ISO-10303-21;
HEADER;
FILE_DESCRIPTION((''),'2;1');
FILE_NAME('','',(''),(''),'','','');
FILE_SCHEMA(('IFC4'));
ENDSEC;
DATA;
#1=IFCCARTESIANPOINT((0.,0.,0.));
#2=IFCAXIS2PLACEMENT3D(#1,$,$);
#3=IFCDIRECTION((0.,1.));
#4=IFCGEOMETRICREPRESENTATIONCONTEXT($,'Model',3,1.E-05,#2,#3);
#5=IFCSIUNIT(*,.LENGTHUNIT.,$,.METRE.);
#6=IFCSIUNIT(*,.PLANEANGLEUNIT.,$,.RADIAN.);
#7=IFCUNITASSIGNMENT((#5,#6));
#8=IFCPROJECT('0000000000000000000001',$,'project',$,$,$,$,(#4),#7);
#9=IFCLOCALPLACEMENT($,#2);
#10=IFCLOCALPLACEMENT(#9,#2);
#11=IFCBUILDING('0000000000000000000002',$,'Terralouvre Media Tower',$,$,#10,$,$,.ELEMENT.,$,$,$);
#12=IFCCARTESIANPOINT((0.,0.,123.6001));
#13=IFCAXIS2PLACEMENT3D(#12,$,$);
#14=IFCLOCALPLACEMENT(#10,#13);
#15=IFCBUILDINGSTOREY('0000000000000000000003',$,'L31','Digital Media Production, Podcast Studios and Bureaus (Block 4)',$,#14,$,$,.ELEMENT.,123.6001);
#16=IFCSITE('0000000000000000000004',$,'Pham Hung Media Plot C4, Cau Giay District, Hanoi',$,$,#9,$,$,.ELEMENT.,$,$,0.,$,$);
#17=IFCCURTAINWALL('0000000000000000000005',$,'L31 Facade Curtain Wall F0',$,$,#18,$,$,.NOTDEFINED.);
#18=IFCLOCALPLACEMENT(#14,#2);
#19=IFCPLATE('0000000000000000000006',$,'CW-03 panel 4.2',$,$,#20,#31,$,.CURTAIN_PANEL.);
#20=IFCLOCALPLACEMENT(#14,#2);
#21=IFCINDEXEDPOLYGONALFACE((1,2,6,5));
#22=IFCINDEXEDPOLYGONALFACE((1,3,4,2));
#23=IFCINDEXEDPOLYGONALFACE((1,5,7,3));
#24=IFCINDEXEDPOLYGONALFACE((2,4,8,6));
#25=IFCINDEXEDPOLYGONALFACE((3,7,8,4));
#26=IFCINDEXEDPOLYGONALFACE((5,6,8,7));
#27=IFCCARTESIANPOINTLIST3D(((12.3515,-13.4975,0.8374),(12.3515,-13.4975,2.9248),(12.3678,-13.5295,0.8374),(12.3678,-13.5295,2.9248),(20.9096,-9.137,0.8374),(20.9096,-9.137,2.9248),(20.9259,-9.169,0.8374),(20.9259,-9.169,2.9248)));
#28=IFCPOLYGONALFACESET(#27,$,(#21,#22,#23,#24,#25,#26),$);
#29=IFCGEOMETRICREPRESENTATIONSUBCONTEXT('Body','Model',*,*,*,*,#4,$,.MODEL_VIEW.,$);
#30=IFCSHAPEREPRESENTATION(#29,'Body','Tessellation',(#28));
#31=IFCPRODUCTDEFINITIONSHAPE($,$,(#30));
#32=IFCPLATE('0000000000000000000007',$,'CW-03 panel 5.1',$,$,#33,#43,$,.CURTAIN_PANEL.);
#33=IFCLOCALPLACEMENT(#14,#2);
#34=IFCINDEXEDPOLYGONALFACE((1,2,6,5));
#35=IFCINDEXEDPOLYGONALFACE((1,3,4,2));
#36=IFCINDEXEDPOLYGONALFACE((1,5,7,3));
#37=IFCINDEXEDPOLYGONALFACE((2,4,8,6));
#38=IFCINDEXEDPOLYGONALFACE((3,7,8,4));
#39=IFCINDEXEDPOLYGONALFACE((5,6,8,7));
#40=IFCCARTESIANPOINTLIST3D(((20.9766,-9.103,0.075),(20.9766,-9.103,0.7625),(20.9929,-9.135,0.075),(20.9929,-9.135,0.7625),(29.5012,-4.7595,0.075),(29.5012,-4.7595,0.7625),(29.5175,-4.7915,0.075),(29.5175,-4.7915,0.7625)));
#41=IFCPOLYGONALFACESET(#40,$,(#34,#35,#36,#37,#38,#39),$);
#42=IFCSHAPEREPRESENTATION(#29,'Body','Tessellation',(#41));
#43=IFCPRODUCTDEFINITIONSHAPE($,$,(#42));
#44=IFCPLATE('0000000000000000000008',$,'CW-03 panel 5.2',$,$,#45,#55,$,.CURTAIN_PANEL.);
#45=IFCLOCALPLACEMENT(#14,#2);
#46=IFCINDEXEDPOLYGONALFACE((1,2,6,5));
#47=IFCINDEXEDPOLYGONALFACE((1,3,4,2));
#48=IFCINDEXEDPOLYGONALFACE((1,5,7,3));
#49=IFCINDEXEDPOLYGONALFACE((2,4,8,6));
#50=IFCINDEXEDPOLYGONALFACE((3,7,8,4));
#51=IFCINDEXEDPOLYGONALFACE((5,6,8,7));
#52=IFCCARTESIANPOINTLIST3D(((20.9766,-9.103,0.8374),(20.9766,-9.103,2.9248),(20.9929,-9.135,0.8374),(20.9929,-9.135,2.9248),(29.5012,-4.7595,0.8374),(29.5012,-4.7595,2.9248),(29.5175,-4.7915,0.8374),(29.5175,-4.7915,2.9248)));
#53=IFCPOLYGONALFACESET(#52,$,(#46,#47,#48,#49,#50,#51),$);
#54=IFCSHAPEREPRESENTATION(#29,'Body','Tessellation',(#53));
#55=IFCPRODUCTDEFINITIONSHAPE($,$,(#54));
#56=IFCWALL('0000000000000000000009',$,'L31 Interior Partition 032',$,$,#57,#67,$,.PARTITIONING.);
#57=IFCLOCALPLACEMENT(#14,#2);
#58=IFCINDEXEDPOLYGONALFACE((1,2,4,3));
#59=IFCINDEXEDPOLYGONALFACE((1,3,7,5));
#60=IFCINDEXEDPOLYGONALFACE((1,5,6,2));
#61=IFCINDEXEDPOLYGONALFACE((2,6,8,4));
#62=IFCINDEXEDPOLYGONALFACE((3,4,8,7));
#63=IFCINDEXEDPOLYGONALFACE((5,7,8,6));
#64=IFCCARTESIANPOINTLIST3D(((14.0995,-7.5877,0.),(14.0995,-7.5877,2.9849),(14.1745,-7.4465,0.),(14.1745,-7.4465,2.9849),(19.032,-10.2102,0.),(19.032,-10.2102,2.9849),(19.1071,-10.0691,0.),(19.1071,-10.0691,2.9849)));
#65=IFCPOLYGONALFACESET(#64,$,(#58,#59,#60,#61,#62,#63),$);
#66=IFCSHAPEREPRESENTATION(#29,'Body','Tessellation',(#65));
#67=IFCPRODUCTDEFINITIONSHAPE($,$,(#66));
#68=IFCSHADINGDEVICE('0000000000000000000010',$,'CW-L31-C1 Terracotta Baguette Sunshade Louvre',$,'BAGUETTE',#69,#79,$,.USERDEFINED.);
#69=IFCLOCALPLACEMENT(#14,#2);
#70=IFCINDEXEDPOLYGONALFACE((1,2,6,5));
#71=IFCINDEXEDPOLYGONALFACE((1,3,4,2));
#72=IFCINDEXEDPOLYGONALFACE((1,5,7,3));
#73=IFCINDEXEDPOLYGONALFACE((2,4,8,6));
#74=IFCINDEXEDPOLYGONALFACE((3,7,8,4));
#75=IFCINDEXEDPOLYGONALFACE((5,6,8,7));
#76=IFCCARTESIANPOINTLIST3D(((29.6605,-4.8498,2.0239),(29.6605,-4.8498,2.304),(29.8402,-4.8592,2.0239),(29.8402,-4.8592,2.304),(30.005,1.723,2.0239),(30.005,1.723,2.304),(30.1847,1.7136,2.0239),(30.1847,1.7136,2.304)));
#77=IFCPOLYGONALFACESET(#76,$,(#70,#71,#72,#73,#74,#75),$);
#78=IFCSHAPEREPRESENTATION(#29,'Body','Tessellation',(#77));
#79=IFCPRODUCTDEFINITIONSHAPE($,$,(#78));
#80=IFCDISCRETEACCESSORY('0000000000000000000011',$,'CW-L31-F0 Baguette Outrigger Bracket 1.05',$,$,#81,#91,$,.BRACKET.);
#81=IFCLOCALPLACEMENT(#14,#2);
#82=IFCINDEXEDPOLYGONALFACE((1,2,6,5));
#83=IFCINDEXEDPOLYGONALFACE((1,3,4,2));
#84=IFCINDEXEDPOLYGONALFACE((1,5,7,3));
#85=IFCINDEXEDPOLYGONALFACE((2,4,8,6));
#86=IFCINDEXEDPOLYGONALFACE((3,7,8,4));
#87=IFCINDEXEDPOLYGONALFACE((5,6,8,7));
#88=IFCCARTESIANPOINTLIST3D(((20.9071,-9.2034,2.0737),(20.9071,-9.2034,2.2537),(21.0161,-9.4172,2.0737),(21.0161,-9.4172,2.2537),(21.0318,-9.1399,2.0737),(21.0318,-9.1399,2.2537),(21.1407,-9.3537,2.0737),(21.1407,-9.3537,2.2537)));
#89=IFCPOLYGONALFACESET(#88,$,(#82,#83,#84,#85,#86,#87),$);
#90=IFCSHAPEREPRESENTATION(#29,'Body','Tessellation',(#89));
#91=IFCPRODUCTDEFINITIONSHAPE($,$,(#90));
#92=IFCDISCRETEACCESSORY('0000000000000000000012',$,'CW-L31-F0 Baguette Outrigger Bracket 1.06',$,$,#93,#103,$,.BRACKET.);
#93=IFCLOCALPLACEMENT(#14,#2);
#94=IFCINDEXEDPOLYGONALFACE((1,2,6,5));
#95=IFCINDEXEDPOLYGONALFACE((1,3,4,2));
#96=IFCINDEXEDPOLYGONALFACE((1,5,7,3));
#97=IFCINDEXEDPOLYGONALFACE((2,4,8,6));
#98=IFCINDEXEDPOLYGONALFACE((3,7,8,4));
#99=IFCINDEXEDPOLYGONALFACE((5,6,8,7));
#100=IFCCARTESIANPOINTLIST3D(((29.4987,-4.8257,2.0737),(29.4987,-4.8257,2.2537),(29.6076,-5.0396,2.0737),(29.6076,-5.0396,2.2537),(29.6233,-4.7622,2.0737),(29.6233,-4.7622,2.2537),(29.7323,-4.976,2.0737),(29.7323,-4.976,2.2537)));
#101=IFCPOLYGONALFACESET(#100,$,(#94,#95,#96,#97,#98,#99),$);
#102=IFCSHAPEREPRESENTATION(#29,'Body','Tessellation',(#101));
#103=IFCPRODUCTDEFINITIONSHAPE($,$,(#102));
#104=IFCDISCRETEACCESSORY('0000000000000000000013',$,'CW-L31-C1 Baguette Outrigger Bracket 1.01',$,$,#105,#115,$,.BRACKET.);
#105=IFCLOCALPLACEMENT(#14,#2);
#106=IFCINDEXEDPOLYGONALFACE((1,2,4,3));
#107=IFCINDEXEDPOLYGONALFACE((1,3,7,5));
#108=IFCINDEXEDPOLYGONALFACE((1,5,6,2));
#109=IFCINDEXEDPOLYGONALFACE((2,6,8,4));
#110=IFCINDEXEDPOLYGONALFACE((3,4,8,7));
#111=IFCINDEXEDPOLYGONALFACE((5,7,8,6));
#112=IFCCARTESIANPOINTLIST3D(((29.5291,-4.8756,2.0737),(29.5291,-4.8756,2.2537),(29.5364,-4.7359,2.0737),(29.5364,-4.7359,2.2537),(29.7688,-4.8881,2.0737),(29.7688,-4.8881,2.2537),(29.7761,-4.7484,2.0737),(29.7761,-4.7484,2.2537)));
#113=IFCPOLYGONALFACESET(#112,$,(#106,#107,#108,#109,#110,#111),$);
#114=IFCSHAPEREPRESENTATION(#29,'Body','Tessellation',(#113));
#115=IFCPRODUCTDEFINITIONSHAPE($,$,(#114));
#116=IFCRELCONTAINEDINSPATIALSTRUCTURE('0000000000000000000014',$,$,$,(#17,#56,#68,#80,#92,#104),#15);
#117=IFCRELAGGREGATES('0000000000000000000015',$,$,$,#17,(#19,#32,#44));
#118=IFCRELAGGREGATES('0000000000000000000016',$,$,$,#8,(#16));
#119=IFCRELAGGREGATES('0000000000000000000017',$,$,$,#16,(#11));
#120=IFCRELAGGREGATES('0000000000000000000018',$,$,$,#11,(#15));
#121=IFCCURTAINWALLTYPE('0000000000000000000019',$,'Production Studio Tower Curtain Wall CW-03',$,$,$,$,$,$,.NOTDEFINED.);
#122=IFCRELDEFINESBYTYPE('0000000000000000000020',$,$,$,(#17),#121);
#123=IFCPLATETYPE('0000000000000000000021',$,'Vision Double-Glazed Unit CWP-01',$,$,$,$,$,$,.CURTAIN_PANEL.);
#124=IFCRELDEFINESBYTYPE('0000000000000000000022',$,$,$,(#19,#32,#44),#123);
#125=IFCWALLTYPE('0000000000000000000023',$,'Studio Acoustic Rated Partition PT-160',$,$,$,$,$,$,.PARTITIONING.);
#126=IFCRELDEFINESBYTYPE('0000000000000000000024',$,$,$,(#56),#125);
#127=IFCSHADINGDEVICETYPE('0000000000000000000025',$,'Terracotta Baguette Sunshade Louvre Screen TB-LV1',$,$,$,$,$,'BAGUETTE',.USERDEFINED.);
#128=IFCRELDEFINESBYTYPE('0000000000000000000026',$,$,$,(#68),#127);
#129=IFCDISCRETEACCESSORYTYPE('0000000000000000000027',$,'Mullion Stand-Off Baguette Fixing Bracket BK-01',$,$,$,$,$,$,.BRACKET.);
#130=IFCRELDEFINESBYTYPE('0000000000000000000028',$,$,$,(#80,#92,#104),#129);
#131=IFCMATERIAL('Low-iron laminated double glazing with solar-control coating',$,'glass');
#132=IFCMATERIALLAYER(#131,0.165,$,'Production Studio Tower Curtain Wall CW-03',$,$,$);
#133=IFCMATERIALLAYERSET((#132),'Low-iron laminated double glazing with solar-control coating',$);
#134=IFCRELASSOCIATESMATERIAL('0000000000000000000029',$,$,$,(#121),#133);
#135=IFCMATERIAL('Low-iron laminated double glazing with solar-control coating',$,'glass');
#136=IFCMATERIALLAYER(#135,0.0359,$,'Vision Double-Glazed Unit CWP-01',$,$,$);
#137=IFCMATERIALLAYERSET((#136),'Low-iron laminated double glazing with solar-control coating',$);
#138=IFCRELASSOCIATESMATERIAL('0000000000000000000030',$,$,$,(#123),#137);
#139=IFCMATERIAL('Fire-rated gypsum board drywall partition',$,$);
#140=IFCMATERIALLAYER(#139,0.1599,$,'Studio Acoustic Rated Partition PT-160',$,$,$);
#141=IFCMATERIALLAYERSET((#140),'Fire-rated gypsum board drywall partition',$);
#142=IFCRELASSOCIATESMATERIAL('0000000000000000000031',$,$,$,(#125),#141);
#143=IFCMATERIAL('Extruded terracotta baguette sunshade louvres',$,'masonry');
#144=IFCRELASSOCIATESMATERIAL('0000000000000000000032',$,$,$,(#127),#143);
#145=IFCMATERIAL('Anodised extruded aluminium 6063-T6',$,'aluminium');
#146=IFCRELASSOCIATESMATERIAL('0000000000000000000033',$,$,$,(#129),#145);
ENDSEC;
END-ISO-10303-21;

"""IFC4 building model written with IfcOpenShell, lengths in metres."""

from ifc_helpers import new_model, si_unit, direction, frame, frame_2d, origin, origin_2d, place, context, subcontext, project, spatial, rectangle, extrude, material, layer, layer_set, type_object, element, aggregate, save


model = new_model("IFC4")

# Units and contexts
model_context = context("Model", 3, precision=1e-05, world=origin(), true_north=direction((0.0, 1.0)))
body_context = subcontext(model_context, "Body", "Model", "MODEL_VIEW")
ifc_project = project(units=[si_unit("LENGTHUNIT", "METRE"), si_unit("PLANEANGLEUNIT", "RADIAN")], contexts=[model_context])

# Site, building, storey
site_placement = place(None, origin())
site = spatial("IfcSite", under=ifc_project, at=site_placement, Name="Pham Hung Media Plot C4, Cau Giay District, Hanoi", CompositionType="ELEMENT", RefElevation=0.0)
building_placement = place(site_placement, origin())
building = spatial("IfcBuilding", under=site, at=building_placement, Name="Terralouvre Media Tower", CompositionType="ELEMENT")
storey_placement = place(building_placement, frame((0.0, 0.0, 123.6001)))
storey = spatial("IfcBuildingStorey", under=building, at=storey_placement, Name="L31", Description="Digital Media Production, Podcast Studios and Bureaus (Block 4)", CompositionType="ELEMENT", Elevation=123.6001)

# Curtain wall
ifc_material_1 = material(Name="Low-iron laminated double glazing with solar-control coating", Category="glass")
ifc_layer_1 = layer(ifc_material_1, 0.165, Name="Production Studio Tower Curtain Wall CW-03")
ifc_layer_set_1 = layer_set([ifc_layer_1], Name="Low-iron laminated double glazing with solar-control coating")
curtain_wall_type_1 = type_object("IfcCurtainWallType", Name="Production Studio Tower Curtain Wall CW-03", PredefinedType="NOTDEFINED", material=ifc_layer_set_1)
curtain_wall_1_placement = place(storey_placement, origin())
curtain_wall_1 = element("IfcCurtainWall", 1, at=curtain_wall_1_placement, inside=storey, type_object=curtain_wall_type_1, Name="L31 Facade Curtain Wall F0", PredefinedType="NOTDEFINED")

# Plates
ifc_material_2 = material(Name="Low-iron laminated double glazing with solar-control coating", Category="glass")
ifc_layer_2 = layer(ifc_material_2, 0.0359, Name="Vision Double-Glazed Unit CWP-01")
ifc_layer_set_2 = layer_set([ifc_layer_2], Name="Low-iron laminated double glazing with solar-control coating")
plate_type_1 = type_object("IfcPlateType", Name="Vision Double-Glazed Unit CWP-01", PredefinedType="CURTAIN_PANEL", material=ifc_layer_set_2)
plate_1_placement = place(storey_placement, frame((16.6387, -11.3333, 0.8374), z_axis=(0.0, 0.0, 1.0), x_axis=(0.891007, 0.453991, 0.0)))
plate_1 = element("IfcPlate", 2, at=plate_1_placement, type_object=plate_type_1, Name="CW-03 panel 4.2", PredefinedType="CURTAIN_PANEL", context=body_context, shape_type="SweptSolid", body=[
    extrude(rectangle(XDim=9.605, YDim=0.0359, at=origin_2d()), origin(), (0.0, 0.0, 1.0), 2.0874),
])
plate_2_placement = place(storey_placement, frame((25.2471, -6.9473, 0.075), z_axis=(0.0, 0.0, 1.0), x_axis=(0.891007, 0.453991, 0.0)))
plate_2 = element("IfcPlate", 3, at=plate_2_placement, type_object=plate_type_1, Name="CW-03 panel 5.1", PredefinedType="CURTAIN_PANEL", context=body_context, shape_type="SweptSolid", body=[
    extrude(rectangle(XDim=9.5674, YDim=0.0359, at=origin_2d()), origin(), (0.0, 0.0, 1.0), 0.6875),
])
plate_3_placement = place(storey_placement, frame((25.2471, -6.9473, 0.8374), z_axis=(0.0, 0.0, 1.0), x_axis=(0.891007, 0.453991, 0.0)))
plate_3 = element("IfcPlate", 4, at=plate_3_placement, type_object=plate_type_1, Name="CW-03 panel 5.2", PredefinedType="CURTAIN_PANEL", context=body_context, shape_type="SweptSolid", body=[
    extrude(rectangle(XDim=9.5674, YDim=0.0359, at=origin_2d()), origin(), (0.0, 0.0, 1.0), 2.0874),
])
aggregate(curtain_wall_1, [plate_1, plate_2, plate_3])

# Wall
ifc_material_3 = material(Name="Fire-rated gypsum board drywall partition")
ifc_layer_3 = layer(ifc_material_3, 0.1599, Name="Studio Acoustic Rated Partition PT-160")
ifc_layer_set_3 = layer_set([ifc_layer_3], Name="Fire-rated gypsum board drywall partition")
wall_type = type_object("IfcWallType", Name="Studio Acoustic Rated Partition PT-160", PredefinedType="PARTITIONING", material=ifc_layer_set_3)
wall_placement = place(storey_placement, frame((19.0696, -10.1396, 0.0), z_axis=(0.0, 0.0, 1.0), x_axis=(-0.88296, 0.469449, 0.0)))
element("IfcWall", 5, at=wall_placement, inside=storey, type_object=wall_type, Name="L31 Interior Partition 032", PredefinedType="PARTITIONING", context=body_context, shape_type="SweptSolid", body=[
    extrude(rectangle(XDim=5.5864, YDim=0.1599, at=frame_2d((2.7932, 0.0))), origin(), (0.0, 0.0, 1.0), 2.9849),
])

# Shading device
ifc_material_4 = material(Name="Extruded terracotta baguette sunshade louvres", Category="masonry")
shading_device_type = type_object("IfcShadingDeviceType", Name="Terracotta Baguette Sunshade Louvre Screen TB-LV1", ElementType="BAGUETTE", PredefinedType="USERDEFINED", material=ifc_material_4)
shading_device_placement = place(storey_placement, frame((29.9226, -1.5681, 2.0239), z_axis=(0.0, 0.0, 1.0), x_axis=(0.052337, 0.998629, 0.0)))
element("IfcShadingDevice", 6, at=shading_device_placement, inside=storey, type_object=shading_device_type, Name="CW-L31-C1 Terracotta Baguette Sunshade Louvre", ObjectType="BAGUETTE", PredefinedType="USERDEFINED", context=body_context, shape_type="SweptSolid", body=[
    extrude(rectangle(XDim=6.5818, YDim=0.1799, at=origin_2d()), origin(), (0.0, 0.0, 1.0), 0.28),
])

# Discrete accessories
ifc_material_5 = material(Name="Anodised extruded aluminium 6063-T6", Category="aluminium")
discrete_accessory_type = type_object("IfcDiscreteAccessoryType", Name="Mullion Stand-Off Baguette Fixing Bracket BK-01", PredefinedType="BRACKET", material=ifc_material_5)
for number, where, z_axis, x_axis, name in (
    (7, (21.0239, -9.2786, 2.0737), (0.0, 0.0, 1.0), (0.891007, 0.453991, 0.0), "CW-L31-F0 Baguette Outrigger Bracket 1.05"),
    (8, (29.6155, -4.9009, 2.0737), (0.0, 0.0, 1.0), (0.891007, 0.453991, 0.0), "CW-L31-F0 Baguette Outrigger Bracket 1.06"),
    (9, (29.6526, -4.812, 2.0737), (0.0, 0.0, 1.0), (0.052337, 0.998629, 0.0), "CW-L31-C1 Baguette Outrigger Bracket 1.01"),
):
    element("IfcDiscreteAccessory", number, at=place(storey_placement, frame(where, z_axis=z_axis, x_axis=x_axis)), inside=storey, type_object=discrete_accessory_type, Name=name, PredefinedType="BRACKET", context=body_context, shape_type="SweptSolid", body=[
        extrude(rectangle(XDim=0.1399, YDim=0.24, at=origin_2d()), origin(), (0.0, 0.0, 1.0), 0.1799),
    ])

save(model, "model.ifc")
